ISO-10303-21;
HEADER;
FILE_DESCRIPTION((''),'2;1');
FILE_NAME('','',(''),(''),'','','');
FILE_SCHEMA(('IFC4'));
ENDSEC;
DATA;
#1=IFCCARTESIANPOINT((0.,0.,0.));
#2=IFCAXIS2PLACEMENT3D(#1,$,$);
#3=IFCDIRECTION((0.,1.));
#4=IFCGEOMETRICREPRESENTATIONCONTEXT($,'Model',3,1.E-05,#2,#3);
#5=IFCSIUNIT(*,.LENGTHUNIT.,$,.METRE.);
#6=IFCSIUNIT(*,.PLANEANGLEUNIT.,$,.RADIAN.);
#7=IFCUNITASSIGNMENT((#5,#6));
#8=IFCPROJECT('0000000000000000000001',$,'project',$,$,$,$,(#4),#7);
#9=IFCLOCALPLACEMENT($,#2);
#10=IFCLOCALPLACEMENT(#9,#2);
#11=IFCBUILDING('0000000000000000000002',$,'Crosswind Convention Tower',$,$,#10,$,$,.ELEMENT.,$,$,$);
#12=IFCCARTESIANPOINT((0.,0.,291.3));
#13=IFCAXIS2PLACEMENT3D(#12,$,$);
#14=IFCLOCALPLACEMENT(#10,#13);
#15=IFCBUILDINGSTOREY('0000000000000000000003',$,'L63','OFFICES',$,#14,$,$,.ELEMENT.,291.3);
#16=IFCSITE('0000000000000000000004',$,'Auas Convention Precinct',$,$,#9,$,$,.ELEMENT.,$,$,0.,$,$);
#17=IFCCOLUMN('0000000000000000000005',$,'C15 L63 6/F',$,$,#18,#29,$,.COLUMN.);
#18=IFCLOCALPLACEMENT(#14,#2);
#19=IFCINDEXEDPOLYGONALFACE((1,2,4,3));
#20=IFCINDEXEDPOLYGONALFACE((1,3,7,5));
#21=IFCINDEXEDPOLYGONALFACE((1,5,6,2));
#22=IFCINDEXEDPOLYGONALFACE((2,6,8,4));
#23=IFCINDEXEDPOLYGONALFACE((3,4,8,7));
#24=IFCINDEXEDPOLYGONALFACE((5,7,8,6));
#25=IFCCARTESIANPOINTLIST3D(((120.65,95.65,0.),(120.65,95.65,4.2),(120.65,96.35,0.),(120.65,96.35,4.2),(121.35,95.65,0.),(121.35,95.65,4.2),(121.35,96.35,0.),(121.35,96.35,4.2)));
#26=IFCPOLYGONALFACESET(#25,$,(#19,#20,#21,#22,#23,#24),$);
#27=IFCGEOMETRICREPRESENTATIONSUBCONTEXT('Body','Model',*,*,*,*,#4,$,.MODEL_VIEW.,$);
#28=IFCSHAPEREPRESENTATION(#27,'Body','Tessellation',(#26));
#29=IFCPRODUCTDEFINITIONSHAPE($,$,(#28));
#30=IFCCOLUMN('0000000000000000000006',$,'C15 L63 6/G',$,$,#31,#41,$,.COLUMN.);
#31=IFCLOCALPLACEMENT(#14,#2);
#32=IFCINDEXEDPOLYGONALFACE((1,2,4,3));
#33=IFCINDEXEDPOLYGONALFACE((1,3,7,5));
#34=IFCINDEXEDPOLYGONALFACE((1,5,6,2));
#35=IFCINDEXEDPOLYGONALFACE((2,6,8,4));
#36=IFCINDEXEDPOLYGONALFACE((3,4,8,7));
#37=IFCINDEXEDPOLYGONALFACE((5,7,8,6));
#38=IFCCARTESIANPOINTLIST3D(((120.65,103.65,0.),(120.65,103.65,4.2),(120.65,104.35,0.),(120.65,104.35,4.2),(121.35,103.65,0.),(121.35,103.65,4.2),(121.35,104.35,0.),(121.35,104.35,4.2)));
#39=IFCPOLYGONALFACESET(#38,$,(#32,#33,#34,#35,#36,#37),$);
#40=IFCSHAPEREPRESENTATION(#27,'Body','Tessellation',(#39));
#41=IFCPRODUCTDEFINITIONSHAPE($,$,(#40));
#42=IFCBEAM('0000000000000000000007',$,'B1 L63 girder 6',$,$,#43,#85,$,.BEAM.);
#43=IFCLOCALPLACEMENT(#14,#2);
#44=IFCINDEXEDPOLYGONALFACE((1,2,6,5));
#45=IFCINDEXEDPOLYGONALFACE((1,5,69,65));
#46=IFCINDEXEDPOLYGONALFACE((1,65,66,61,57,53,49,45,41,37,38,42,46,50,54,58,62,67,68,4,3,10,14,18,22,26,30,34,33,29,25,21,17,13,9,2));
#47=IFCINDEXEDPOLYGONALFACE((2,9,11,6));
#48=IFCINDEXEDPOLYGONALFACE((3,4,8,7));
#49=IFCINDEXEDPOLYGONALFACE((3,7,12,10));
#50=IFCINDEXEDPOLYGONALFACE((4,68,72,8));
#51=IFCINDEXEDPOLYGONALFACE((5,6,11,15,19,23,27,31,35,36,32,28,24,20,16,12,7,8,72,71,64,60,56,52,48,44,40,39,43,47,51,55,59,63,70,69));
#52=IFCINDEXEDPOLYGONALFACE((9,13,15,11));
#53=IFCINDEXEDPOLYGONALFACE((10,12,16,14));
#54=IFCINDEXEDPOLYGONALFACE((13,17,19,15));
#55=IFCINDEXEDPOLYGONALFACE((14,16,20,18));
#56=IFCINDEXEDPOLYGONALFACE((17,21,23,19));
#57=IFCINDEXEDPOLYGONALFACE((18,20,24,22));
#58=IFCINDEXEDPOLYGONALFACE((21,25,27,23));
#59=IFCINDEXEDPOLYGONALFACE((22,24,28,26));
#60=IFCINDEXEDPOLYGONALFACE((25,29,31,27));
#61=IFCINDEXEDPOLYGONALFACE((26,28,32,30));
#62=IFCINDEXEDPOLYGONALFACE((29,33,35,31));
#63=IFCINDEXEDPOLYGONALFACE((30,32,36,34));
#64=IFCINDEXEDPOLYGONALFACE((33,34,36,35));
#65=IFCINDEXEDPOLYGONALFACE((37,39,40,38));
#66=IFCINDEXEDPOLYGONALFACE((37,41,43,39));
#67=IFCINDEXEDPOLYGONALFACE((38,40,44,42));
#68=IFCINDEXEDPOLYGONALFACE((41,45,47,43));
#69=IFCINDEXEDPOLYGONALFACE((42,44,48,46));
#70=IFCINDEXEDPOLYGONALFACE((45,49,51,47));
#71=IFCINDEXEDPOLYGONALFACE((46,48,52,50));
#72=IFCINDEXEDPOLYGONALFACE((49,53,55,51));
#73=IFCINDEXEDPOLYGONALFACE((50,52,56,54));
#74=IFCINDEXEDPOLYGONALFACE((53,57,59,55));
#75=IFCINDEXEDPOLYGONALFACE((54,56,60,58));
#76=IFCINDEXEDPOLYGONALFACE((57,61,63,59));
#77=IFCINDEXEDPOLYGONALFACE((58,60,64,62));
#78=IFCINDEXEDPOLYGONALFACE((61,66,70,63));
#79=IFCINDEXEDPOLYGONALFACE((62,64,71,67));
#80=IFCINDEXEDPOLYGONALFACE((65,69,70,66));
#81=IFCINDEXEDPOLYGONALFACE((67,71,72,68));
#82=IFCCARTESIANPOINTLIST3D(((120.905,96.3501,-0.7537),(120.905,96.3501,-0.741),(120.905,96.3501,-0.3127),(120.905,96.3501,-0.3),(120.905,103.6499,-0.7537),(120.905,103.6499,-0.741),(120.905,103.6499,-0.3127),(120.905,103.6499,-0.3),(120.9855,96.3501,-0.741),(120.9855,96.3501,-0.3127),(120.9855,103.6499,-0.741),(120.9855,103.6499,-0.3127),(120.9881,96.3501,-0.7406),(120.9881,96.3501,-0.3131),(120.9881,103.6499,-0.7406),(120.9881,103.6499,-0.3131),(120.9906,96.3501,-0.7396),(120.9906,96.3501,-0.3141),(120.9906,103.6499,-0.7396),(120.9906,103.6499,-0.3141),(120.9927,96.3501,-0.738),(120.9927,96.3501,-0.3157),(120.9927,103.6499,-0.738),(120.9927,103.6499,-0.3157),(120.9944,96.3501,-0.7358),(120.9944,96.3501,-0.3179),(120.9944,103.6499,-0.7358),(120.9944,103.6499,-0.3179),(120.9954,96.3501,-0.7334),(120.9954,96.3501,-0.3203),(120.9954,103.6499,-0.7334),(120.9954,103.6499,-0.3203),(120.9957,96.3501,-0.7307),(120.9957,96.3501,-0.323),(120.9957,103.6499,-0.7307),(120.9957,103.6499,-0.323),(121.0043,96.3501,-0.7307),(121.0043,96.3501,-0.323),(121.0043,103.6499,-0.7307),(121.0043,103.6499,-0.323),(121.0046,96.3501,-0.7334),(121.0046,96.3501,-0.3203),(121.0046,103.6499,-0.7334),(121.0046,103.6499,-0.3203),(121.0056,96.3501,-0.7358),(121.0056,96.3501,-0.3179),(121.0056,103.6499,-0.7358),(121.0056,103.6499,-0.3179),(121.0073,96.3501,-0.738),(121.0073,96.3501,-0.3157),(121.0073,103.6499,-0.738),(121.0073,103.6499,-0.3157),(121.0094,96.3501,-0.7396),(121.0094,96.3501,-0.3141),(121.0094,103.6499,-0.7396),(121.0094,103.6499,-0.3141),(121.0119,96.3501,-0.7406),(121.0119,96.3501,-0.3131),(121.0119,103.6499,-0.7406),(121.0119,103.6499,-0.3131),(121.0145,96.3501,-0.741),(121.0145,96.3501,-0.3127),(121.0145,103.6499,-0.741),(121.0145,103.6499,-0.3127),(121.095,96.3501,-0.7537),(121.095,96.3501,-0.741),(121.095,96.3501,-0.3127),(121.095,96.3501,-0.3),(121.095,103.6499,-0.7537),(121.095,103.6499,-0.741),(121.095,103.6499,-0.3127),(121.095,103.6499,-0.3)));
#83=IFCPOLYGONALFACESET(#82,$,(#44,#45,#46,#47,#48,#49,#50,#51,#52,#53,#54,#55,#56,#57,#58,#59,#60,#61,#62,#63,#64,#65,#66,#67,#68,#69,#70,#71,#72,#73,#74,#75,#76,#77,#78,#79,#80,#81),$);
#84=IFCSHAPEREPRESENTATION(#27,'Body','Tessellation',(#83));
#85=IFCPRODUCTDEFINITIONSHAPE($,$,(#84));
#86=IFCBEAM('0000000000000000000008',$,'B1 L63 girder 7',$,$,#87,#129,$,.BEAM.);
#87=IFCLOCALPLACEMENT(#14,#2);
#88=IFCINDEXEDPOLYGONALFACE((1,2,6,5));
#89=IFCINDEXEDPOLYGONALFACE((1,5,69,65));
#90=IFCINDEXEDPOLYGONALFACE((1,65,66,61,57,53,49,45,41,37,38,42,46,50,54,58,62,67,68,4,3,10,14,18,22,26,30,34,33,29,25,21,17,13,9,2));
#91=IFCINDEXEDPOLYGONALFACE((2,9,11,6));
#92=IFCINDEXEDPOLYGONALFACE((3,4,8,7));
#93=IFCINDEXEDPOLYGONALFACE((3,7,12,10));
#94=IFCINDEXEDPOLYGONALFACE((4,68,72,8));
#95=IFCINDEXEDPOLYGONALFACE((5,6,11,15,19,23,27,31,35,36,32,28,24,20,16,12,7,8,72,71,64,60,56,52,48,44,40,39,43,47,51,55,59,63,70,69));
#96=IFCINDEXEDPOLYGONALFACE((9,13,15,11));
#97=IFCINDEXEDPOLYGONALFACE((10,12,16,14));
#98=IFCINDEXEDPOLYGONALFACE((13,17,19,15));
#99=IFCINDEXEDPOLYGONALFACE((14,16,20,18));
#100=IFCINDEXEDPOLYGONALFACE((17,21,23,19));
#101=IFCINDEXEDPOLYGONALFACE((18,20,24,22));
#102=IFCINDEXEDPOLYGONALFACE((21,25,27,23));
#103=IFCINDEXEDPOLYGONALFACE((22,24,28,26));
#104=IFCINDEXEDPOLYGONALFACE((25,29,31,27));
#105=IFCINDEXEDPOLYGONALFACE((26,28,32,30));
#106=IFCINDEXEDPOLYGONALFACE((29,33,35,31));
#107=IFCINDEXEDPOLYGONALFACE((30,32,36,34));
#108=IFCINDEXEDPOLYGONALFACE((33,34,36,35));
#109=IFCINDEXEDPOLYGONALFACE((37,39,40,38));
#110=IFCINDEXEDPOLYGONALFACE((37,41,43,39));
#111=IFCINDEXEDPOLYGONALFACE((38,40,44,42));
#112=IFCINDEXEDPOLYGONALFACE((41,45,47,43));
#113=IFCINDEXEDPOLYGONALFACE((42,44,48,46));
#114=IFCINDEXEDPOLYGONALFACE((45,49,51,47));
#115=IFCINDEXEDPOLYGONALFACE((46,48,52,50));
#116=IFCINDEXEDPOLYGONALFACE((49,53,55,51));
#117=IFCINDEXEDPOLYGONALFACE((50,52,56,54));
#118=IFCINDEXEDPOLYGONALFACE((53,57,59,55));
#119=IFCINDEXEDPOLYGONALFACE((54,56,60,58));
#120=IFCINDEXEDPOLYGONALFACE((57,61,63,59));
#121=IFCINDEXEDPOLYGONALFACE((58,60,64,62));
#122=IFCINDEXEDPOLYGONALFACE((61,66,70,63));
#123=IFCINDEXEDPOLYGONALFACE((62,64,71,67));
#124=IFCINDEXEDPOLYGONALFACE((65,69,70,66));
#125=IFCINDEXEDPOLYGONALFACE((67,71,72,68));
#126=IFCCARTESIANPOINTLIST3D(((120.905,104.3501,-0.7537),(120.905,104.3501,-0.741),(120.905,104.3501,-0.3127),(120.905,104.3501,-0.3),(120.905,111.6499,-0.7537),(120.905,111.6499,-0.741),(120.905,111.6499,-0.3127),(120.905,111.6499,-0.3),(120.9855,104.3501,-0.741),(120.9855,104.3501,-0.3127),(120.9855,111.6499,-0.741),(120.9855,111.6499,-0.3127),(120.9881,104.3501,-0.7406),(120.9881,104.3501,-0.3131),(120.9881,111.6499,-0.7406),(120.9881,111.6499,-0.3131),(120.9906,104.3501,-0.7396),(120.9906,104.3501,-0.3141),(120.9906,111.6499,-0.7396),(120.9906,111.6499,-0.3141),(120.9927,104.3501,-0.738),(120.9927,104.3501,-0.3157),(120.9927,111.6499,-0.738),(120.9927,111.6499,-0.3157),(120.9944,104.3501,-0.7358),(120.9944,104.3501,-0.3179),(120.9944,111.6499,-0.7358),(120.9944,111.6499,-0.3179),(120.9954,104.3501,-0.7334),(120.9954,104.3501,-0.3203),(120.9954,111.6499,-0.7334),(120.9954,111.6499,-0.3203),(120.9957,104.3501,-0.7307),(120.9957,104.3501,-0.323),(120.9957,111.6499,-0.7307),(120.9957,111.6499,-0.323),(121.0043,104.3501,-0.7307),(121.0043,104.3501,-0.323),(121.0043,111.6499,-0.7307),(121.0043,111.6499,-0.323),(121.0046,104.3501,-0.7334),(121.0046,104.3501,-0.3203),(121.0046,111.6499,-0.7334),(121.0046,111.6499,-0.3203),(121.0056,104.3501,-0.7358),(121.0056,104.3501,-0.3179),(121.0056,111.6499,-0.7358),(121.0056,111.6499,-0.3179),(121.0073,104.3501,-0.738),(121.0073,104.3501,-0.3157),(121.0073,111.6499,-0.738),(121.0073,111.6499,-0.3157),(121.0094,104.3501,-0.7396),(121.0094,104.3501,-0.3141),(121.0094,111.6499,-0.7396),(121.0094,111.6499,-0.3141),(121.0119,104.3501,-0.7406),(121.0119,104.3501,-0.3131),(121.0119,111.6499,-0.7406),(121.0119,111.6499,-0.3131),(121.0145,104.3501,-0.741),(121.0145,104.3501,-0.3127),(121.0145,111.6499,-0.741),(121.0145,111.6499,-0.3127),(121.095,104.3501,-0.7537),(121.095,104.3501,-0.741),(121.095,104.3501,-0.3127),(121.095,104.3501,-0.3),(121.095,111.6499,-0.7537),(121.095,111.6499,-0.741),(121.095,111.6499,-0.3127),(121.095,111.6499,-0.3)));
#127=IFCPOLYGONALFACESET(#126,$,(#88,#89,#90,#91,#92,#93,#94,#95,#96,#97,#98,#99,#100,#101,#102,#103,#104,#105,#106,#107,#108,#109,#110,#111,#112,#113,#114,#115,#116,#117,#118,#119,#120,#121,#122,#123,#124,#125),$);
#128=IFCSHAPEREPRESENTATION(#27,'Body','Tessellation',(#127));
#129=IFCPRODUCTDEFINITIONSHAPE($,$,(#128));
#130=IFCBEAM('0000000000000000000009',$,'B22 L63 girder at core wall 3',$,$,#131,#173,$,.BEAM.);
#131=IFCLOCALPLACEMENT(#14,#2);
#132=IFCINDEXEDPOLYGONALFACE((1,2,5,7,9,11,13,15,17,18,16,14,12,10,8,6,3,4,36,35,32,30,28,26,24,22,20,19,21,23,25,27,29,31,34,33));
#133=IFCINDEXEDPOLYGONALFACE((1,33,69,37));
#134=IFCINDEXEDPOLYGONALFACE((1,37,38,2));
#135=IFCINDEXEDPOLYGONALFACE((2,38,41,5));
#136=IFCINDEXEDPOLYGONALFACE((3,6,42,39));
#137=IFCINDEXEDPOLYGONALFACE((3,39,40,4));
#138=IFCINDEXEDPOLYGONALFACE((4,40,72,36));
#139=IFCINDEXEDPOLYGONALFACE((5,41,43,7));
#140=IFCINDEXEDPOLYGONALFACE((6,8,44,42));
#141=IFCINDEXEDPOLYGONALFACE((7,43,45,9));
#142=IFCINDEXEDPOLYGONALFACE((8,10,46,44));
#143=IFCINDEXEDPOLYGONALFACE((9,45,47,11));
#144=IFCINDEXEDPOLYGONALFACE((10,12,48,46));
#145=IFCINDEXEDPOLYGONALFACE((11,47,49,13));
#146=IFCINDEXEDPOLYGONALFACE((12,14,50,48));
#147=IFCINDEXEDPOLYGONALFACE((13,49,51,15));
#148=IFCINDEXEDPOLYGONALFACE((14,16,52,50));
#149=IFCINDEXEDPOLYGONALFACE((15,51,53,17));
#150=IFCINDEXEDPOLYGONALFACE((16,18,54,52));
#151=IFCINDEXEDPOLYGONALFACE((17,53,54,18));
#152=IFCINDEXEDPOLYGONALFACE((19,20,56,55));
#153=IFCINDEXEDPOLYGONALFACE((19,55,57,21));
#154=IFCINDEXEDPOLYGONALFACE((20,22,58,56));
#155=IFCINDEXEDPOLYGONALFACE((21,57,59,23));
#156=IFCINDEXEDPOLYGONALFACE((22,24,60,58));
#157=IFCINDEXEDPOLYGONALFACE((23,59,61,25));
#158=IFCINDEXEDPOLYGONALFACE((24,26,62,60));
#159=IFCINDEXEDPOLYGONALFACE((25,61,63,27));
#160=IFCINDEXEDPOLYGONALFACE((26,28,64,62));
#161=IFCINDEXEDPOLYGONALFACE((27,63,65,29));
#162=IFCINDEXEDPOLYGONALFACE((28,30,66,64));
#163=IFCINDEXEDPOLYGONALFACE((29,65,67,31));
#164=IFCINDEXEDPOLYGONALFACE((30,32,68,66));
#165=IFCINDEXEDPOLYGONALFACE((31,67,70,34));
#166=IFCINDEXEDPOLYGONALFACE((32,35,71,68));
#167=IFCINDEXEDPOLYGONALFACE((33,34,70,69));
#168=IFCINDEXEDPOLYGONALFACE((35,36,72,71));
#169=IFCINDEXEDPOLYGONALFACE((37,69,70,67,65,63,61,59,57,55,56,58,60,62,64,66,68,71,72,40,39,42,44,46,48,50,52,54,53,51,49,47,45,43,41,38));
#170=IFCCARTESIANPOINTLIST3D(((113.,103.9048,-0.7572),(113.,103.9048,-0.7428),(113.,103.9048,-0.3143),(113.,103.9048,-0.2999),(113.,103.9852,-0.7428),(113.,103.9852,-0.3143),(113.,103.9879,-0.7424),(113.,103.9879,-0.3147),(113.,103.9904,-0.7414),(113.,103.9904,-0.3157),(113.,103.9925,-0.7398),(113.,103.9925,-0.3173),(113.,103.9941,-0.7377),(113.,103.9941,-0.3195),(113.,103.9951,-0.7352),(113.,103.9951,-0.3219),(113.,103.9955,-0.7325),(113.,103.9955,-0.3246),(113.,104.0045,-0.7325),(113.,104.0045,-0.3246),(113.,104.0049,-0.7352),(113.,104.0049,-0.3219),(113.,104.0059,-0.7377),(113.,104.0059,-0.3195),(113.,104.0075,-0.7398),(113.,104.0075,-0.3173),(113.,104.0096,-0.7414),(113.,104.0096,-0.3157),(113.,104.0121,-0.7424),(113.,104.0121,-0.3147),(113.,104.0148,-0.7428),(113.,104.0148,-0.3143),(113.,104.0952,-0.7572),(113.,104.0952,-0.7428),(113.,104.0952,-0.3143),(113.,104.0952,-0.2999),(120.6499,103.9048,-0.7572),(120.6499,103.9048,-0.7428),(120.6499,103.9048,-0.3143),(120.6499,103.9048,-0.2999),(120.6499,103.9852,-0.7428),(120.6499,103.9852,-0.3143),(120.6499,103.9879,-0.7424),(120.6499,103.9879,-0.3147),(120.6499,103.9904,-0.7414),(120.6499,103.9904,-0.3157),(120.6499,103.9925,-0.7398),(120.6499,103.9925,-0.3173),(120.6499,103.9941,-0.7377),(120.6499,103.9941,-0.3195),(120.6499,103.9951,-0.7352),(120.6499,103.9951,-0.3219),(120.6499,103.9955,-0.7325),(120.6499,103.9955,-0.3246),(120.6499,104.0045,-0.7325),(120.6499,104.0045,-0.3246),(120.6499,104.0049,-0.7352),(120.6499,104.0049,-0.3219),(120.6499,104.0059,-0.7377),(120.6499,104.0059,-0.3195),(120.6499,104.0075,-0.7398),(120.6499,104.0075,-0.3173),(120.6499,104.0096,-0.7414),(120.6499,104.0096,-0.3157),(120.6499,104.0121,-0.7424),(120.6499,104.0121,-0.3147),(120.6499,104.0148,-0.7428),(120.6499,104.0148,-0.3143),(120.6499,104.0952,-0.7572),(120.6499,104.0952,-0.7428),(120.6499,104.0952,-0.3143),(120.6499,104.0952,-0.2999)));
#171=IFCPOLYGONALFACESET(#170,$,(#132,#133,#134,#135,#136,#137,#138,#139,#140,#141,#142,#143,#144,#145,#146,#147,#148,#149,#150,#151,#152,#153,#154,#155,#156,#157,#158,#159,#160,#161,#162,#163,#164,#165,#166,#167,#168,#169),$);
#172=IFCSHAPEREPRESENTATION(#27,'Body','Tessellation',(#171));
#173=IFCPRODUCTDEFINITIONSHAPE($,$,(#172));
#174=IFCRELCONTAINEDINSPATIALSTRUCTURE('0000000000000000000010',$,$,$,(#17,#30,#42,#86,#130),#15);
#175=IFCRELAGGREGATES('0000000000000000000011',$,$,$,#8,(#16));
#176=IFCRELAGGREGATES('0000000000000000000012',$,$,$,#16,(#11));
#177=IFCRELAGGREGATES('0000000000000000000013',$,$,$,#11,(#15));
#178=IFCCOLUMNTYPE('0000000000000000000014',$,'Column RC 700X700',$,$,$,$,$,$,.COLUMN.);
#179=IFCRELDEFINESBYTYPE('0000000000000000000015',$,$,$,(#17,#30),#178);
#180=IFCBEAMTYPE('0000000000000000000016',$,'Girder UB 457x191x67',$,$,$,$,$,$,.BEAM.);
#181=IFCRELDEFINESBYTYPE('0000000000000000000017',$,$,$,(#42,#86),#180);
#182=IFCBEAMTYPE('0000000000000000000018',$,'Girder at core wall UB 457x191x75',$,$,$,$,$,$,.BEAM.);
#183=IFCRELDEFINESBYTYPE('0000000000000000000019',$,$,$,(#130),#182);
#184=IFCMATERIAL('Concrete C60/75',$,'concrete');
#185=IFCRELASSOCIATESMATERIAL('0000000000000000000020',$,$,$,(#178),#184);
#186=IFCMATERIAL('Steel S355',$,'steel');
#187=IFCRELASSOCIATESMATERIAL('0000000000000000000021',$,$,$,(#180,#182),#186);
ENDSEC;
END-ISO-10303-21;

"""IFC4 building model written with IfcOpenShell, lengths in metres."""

from ifc_helpers import new_model, si_unit, direction, frame, origin, origin_2d, place, context, subcontext, project, spatial, rectangle, i_section, extrude, material, material_profile, profile_set, type_object, element, save


model = new_model("IFC4")

# Units and contexts
model_context = context("Model", 3, precision=1e-05, world=origin(), true_north=direction((0.0, 1.0)))
body_context = subcontext(model_context, "Body", "Model", "MODEL_VIEW")
ifc_project = project(units=[si_unit("LENGTHUNIT", "METRE"), si_unit("PLANEANGLEUNIT", "RADIAN")], contexts=[model_context])

# Site, building, storey
site_placement = place(None, origin())
site = spatial("IfcSite", under=ifc_project, at=site_placement, Name="Auas Convention Precinct", CompositionType="ELEMENT", RefElevation=0.0)
building_placement = place(site_placement, origin())
building = spatial("IfcBuilding", under=site, at=building_placement, Name="Crosswind Convention Tower", CompositionType="ELEMENT")
storey_placement = place(building_placement, frame((0.0, 0.0, 291.3)))
storey = spatial("IfcBuildingStorey", under=building, at=storey_placement, Name="L63", Description="OFFICES", CompositionType="ELEMENT", Elevation=291.3)

# Columns
ifc_material_1 = material(Name="Concrete C60/75", Category="concrete")
ifc_material_profile_1 = material_profile(ifc_material_1, rectangle(XDim=0.7, YDim=0.7, at=origin_2d()), Name="RC 700X700")
ifc_profile_set_1 = profile_set([ifc_material_profile_1], Name="Concrete C60/75")
column_type = type_object("IfcColumnType", Name="Column RC 700X700", PredefinedType="COLUMN", material=ifc_profile_set_1)
for number, where, z_axis, x_axis, name in (
    (1, (121.0, 96.0, 0.0), (0.0, 0.0, 1.0), (1.0, 0.0, 0.0), "C15 L63 6/F"),
    (2, (121.0, 104.0, 0.0), (0.0, 0.0, 1.0), (1.0, 0.0, 0.0), "C15 L63 6/G"),
):
    element("IfcColumn", number, at=place(storey_placement, frame(where, z_axis=z_axis, x_axis=x_axis)), inside=storey, type_object=column_type, Name=name, PredefinedType="COLUMN", context=body_context, shape_type="SweptSolid", body=[
        extrude(rectangle(XDim=0.7, YDim=0.7, at=origin_2d()), origin(), (0.0, 0.0, 1.0), 4.2),
    ])

# Beams
ifc_material_2 = material(Name="Steel S355", Category="steel")
ifc_material_profile_2 = material_profile(ifc_material_2, i_section(OverallWidth=0.1899, OverallDepth=0.4536, WebThickness=0.0085, FlangeThickness=0.0127, FilletRadius=0.0103, at=origin_2d()), Name="UB 457x191x67")
ifc_profile_set_2 = profile_set([ifc_material_profile_2], Name="Steel S355")
beam_type_1 = type_object("IfcBeamType", Name="Girder UB 457x191x67", PredefinedType="BEAM", material=ifc_profile_set_2)
for number, where, z_axis, x_axis, name in (
    (3, (121.0, 96.3501, -0.5269), (0.0, 1.0, 0.0), (-1.0, 0.0, 0.0), "B1 L63 girder 6"),
    (4, (121.0, 104.3501, -0.5269), (0.0, 1.0, 0.0), (-1.0, 0.0, 0.0), "B1 L63 girder 7"),
):
    element("IfcBeam", number, at=place(storey_placement, frame(where, z_axis=z_axis, x_axis=x_axis)), inside=storey, type_object=beam_type_1, Name=name, PredefinedType="BEAM", context=body_context, shape_type="SweptSolid", body=[
        extrude(i_section(OverallWidth=0.1899, OverallDepth=0.4536, WebThickness=0.0085, FlangeThickness=0.0127, FilletRadius=0.0103, at=origin_2d()), origin(), (0.0, 0.0, 1.0), 7.2998),
    ])
ifc_material_profile_3 = material_profile(ifc_material_2, i_section(OverallWidth=0.1904, OverallDepth=0.4573, WebThickness=0.009, FlangeThickness=0.0144, FilletRadius=0.0103, at=origin_2d()), Name="UB 457x191x75")
ifc_profile_set_3 = profile_set([ifc_material_profile_3], Name="Steel S355")
beam_type_2 = type_object("IfcBeamType", Name="Girder at core wall UB 457x191x75", PredefinedType="BEAM", material=ifc_profile_set_3)
beam_placement = place(storey_placement, frame((113.0, 104.0, -0.5286), z_axis=(1.0, 0.0, 0.0), x_axis=(0.0, 1.0, 0.0)))
element("IfcBeam", 5, at=beam_placement, inside=storey, type_object=beam_type_2, Name="B22 L63 girder at core wall 3", PredefinedType="BEAM", context=body_context, shape_type="SweptSolid", body=[
    extrude(i_section(OverallWidth=0.1904, OverallDepth=0.4573, WebThickness=0.009, FlangeThickness=0.0144, FilletRadius=0.0103, at=origin_2d()), origin(), (0.0, 0.0, 1.0), 7.6499),
])

save(model, "model.ifc")
